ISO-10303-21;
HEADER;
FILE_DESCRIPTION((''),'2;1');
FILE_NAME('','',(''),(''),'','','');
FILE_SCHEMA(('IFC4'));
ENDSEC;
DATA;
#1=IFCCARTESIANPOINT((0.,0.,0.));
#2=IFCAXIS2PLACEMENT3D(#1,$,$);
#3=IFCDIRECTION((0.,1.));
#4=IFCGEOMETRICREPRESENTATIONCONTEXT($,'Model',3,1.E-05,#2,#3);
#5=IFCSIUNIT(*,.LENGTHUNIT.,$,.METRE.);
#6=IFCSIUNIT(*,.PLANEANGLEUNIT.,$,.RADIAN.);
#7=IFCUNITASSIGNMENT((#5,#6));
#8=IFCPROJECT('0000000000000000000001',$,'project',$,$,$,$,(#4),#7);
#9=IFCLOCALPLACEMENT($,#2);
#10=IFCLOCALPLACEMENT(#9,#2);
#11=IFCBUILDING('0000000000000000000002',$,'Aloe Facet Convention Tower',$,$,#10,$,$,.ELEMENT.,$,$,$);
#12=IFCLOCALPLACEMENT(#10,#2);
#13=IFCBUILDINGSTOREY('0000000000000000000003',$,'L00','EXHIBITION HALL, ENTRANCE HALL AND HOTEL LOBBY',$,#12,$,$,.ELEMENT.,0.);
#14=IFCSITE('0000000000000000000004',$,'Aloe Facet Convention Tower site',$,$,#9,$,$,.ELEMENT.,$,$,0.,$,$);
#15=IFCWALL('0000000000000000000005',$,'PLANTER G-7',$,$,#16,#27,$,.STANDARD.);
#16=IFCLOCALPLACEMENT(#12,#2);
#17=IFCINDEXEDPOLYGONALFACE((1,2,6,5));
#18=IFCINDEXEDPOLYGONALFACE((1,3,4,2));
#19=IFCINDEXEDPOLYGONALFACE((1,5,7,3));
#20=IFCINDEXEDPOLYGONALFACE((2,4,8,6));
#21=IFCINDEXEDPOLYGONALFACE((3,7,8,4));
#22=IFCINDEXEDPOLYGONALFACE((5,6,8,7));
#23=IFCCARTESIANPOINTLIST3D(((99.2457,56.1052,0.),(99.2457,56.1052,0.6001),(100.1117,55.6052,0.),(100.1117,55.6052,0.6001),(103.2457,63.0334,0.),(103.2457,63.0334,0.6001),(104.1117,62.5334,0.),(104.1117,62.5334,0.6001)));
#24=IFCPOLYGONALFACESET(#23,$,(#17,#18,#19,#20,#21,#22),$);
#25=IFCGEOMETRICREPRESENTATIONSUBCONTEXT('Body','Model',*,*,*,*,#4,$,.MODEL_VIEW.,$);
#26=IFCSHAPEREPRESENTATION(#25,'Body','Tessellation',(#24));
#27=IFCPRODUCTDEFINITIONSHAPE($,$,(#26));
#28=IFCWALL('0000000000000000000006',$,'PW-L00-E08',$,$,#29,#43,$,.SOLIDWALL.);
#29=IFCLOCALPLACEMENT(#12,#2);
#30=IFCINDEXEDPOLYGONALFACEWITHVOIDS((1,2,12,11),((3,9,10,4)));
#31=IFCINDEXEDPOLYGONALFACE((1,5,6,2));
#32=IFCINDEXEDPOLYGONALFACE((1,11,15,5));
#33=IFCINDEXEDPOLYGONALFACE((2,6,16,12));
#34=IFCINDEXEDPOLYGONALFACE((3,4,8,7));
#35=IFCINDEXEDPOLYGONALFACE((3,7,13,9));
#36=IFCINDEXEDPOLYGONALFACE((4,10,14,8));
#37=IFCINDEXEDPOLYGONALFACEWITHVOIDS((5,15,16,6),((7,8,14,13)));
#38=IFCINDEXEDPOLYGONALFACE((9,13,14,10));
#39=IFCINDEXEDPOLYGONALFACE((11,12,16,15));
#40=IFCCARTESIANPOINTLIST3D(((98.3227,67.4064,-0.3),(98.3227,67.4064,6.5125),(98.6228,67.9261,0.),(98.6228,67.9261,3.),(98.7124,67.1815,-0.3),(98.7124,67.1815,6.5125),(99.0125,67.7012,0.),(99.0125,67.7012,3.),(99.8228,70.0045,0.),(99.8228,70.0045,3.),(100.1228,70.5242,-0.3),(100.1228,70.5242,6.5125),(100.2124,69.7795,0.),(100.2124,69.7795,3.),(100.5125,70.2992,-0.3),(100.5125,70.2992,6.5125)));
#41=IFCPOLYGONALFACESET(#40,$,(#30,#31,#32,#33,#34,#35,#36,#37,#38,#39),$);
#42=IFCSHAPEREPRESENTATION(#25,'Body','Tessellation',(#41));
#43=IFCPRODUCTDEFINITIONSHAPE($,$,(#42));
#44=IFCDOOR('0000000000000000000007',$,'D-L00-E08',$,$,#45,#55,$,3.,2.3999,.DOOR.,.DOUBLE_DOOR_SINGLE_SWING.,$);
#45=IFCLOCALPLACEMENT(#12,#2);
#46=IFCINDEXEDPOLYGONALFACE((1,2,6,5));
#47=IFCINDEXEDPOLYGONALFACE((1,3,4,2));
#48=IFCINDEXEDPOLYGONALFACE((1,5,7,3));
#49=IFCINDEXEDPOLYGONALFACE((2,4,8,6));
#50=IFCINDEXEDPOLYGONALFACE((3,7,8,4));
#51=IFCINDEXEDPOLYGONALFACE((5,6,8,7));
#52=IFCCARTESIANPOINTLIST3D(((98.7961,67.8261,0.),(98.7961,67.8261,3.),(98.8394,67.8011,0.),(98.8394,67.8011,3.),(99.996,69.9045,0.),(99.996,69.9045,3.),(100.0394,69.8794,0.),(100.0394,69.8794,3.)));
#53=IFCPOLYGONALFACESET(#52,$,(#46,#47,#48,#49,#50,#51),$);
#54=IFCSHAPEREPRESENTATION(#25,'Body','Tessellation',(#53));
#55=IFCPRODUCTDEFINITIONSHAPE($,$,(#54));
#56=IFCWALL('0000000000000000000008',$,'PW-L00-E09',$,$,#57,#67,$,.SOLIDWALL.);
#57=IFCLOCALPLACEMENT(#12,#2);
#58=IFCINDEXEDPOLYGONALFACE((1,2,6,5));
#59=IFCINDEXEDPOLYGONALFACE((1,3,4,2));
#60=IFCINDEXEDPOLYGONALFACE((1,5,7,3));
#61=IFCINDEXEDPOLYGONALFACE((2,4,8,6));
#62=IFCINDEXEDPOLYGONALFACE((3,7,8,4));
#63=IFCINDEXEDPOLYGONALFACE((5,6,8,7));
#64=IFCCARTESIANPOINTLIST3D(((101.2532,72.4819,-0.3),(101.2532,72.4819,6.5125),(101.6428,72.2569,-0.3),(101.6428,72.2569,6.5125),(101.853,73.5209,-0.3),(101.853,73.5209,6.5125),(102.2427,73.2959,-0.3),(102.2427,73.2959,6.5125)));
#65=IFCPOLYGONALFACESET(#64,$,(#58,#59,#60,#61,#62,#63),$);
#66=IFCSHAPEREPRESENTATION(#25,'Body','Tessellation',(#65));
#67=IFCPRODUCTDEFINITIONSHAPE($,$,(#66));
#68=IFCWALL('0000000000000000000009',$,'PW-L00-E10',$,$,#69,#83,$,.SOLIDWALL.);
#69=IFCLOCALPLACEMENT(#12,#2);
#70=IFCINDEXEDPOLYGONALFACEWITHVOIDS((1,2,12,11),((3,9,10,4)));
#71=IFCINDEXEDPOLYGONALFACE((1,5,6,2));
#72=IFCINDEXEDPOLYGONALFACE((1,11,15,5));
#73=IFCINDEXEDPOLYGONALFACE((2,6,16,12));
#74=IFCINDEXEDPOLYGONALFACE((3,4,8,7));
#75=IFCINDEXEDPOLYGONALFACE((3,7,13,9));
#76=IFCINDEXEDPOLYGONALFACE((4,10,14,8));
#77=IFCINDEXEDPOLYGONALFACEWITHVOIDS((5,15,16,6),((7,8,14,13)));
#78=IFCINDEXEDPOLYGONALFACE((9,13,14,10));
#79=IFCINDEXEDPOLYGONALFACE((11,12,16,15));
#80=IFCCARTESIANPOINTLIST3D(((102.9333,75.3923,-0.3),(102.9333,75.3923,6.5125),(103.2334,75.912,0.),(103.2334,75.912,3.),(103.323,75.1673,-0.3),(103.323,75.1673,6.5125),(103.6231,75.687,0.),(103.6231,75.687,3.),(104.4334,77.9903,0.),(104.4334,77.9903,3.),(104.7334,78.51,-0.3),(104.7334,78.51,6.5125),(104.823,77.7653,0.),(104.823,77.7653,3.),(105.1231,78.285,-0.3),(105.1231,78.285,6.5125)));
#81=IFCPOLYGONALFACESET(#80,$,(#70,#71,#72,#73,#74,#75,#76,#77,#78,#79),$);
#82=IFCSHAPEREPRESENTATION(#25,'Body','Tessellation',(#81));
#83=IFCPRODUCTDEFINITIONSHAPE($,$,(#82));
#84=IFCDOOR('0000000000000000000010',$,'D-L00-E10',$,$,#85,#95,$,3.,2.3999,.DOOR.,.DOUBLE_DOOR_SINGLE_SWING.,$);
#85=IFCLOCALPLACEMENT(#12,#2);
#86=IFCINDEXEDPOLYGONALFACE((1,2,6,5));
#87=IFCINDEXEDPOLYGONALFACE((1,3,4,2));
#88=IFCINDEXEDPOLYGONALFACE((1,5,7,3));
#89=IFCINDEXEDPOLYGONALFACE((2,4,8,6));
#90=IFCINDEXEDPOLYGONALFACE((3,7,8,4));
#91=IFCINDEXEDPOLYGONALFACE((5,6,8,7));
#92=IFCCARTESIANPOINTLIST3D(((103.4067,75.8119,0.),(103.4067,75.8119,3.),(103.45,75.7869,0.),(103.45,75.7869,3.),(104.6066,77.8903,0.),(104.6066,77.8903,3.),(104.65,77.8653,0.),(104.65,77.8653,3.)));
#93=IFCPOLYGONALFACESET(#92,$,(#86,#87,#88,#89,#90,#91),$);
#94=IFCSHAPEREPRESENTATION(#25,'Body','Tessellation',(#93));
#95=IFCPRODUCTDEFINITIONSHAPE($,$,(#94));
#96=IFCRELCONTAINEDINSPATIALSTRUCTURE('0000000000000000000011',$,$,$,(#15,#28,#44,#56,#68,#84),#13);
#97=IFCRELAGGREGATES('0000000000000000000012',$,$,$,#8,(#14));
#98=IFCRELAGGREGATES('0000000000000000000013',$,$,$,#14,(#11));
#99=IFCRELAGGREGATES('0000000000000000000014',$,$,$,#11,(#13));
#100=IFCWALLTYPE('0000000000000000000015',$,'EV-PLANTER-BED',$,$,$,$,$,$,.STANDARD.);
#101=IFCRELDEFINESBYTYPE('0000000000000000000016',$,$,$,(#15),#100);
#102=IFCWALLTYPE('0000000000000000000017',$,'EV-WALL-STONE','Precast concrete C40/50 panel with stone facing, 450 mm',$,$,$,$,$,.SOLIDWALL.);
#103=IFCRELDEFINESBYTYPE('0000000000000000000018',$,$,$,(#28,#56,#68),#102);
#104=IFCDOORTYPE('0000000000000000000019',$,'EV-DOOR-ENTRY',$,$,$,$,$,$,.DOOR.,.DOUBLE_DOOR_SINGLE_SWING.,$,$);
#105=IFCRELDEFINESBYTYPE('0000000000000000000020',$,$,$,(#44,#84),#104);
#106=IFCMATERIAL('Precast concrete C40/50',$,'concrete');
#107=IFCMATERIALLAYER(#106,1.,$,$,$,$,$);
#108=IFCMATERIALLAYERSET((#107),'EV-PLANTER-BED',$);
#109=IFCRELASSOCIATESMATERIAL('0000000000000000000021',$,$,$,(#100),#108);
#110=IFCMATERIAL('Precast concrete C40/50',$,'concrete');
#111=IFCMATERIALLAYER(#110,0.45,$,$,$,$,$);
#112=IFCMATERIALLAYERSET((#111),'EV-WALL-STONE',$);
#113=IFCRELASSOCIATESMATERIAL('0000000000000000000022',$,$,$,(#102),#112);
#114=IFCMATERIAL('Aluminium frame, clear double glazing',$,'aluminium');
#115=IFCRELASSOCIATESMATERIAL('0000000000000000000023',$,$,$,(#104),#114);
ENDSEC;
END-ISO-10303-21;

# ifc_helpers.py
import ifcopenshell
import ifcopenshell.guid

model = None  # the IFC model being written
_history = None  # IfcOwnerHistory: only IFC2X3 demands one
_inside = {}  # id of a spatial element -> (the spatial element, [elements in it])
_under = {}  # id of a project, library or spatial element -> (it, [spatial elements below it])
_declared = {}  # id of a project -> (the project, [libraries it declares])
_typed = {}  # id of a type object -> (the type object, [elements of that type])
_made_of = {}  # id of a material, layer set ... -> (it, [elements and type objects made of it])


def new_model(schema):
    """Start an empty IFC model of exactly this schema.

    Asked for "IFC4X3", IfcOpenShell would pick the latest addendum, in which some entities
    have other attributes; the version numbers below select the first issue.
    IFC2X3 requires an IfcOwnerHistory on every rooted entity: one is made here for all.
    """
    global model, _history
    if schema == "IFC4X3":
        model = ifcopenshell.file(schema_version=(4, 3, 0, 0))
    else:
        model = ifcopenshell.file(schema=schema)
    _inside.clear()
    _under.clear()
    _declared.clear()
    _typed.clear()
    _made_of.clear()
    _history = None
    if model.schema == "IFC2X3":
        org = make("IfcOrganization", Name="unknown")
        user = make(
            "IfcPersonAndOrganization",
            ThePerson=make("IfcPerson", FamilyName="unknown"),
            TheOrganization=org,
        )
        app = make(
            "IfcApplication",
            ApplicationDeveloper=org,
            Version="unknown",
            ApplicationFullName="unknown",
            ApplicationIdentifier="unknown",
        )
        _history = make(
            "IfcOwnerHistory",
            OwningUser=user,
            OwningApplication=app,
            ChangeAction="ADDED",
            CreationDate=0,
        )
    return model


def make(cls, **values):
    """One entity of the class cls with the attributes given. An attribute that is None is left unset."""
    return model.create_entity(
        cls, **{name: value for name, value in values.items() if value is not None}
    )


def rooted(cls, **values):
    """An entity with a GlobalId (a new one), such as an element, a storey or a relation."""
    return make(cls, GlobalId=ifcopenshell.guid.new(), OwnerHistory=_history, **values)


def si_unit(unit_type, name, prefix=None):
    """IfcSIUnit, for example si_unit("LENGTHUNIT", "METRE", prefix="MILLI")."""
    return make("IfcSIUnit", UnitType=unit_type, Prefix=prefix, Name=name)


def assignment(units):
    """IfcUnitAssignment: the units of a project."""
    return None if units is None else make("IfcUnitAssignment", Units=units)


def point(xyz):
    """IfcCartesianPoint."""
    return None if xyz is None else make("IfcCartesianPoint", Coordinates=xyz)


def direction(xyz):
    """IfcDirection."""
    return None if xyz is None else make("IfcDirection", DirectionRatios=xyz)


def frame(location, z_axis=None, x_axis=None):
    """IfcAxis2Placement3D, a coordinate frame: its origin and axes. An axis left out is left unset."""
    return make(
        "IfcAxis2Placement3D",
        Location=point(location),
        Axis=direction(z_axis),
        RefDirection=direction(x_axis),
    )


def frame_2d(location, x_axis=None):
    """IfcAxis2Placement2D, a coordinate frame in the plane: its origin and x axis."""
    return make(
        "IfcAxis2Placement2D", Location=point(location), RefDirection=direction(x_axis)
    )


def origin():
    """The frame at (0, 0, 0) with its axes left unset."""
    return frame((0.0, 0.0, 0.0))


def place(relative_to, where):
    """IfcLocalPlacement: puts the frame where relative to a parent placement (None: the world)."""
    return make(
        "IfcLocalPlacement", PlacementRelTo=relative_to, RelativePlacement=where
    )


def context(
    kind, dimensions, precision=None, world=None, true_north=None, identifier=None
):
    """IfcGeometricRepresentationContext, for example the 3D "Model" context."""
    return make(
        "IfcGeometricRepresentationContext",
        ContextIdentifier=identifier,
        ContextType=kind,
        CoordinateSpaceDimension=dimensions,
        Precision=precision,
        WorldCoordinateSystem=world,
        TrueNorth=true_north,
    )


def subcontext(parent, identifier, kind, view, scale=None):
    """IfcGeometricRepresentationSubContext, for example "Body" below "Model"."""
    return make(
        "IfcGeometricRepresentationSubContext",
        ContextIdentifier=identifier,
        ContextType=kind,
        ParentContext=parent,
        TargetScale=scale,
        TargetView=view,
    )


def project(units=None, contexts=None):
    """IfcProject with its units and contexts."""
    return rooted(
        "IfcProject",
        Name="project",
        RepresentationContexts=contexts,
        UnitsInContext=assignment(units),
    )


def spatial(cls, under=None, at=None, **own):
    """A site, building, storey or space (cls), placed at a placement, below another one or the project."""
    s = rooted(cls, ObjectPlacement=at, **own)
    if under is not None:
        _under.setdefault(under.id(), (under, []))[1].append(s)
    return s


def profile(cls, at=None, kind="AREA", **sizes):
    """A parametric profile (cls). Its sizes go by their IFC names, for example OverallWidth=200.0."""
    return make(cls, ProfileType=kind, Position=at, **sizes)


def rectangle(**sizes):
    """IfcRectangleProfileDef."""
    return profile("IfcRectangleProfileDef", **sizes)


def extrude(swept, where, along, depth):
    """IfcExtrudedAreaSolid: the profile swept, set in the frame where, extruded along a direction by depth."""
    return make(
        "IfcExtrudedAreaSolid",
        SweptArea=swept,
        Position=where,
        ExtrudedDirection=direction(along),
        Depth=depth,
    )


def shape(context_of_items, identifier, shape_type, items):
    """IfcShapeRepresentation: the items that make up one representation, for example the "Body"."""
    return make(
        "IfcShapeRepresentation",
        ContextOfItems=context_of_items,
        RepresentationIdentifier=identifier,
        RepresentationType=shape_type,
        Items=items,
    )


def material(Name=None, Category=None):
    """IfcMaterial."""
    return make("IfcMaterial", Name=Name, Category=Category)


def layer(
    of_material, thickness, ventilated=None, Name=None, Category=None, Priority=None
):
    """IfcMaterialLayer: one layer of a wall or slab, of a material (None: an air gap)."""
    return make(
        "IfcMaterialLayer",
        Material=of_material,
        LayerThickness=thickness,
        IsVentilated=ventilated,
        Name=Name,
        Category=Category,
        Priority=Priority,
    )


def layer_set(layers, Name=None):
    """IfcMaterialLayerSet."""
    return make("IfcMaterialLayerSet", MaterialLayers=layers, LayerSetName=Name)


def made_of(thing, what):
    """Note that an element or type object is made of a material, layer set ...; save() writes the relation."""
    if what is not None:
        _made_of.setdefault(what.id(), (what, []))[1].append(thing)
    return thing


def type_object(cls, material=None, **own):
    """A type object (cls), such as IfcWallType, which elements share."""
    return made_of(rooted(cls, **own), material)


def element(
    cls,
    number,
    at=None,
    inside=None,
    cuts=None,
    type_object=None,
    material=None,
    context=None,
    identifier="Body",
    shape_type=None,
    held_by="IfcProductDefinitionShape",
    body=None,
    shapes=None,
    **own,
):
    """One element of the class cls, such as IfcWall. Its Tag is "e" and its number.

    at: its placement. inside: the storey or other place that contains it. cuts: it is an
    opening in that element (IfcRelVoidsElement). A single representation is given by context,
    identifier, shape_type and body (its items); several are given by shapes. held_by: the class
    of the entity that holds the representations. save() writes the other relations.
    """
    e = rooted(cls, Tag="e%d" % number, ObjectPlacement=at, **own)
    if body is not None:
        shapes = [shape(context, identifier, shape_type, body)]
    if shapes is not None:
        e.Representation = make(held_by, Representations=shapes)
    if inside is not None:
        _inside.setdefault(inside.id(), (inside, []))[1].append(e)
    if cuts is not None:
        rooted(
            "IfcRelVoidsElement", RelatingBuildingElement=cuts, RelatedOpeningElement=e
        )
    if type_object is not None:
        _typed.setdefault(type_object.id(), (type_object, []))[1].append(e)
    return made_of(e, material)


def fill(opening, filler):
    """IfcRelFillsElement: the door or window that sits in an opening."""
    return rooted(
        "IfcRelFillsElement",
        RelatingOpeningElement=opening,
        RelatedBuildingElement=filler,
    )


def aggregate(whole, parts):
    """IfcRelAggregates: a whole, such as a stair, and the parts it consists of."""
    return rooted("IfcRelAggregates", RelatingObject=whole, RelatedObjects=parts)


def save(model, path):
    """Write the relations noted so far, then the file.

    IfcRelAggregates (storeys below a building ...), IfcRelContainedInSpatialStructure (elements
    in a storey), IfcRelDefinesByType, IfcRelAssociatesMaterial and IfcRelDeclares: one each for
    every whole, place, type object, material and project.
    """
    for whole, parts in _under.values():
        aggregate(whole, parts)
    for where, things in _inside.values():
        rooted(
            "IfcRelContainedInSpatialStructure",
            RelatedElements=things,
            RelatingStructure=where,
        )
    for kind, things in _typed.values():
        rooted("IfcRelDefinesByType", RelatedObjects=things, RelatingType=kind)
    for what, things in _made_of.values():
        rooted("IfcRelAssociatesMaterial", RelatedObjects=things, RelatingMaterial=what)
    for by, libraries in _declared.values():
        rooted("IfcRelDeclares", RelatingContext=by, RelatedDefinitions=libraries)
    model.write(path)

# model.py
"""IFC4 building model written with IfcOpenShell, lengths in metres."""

from ifc_helpers import new_model, si_unit, direction, frame, frame_2d, origin, place, context, subcontext, project, spatial, rectangle, extrude, material, layer, layer_set, type_object, element, fill, save


model = new_model("IFC4")

# Units and contexts
model_context = context("Model", 3, precision=1e-05, world=origin(), true_north=direction((0.0, 1.0)))
body_context = subcontext(model_context, "Body", "Model", "MODEL_VIEW")
ifc_project = project(units=[si_unit("LENGTHUNIT", "METRE"), si_unit("PLANEANGLEUNIT", "RADIAN")], contexts=[model_context])

# Site, building, storey
site_placement = place(None, origin())
site = spatial("IfcSite", under=ifc_project, at=site_placement, Name="Aloe Facet Convention Tower site", CompositionType="ELEMENT", RefElevation=0.0)
building_placement = place(site_placement, origin())
building = spatial("IfcBuilding", under=site, at=building_placement, Name="Aloe Facet Convention Tower", CompositionType="ELEMENT")
storey_placement = place(building_placement, origin())
storey = spatial("IfcBuildingStorey", under=building, at=storey_placement, Name="L00", Description="EXHIBITION HALL, ENTRANCE HALL AND HOTEL LOBBY", CompositionType="ELEMENT", Elevation=0.0)

# Wall
ifc_material_1 = material(Name="Precast concrete C40/50", Category="concrete")
ifc_layer_1 = layer(ifc_material_1, 1.0)
ifc_layer_set_1 = layer_set([ifc_layer_1], Name="EV-PLANTER-BED")
wall_type_1 = type_object("IfcWallType", Name="EV-PLANTER-BED", PredefinedType="STANDARD", material=ifc_layer_set_1)
for number, where, z_axis, x_axis, name in (
    (1, (103.6787, 62.7834, 0.0), (0.0, 0.0, 1.0), (-0.499999, -0.866026, 0.0), "PLANTER G-7"),
):
    element("IfcWall", number, at=place(storey_placement, frame(where, z_axis=z_axis, x_axis=x_axis)), inside=storey, type_object=wall_type_1, Name=name, PredefinedType="STANDARD", context=body_context, shape_type="SweptSolid", body=[
        extrude(rectangle(XDim=8.0, YDim=1.0, at=frame_2d((4.0, 0.0))), origin(), (0.0, 0.0, 1.0), 0.6001),
    ])

# Wall, opening, door
ifc_material_2 = material(Name="Precast concrete C40/50", Category="concrete")
ifc_layer_2 = layer(ifc_material_2, 0.45)
ifc_layer_set_2 = layer_set([ifc_layer_2], Name="EV-WALL-STONE")
wall_type_2 = type_object("IfcWallType", Name="EV-WALL-STONE", Description="Precast concrete C40/50 panel with stone facing, 450 mm", PredefinedType="SOLIDWALL", material=ifc_layer_set_2)
wall_1_placement = place(storey_placement, frame((98.5176, 67.2939, -0.3), z_axis=(0.0, 0.0, 1.0), x_axis=(0.500012, 0.866018, 0.0)))
wall_1 = element("IfcWall", 2, at=wall_1_placement, inside=storey, type_object=wall_type_2, Name="PW-L00-E08", PredefinedType="SOLIDWALL", context=body_context, shape_type="SweptSolid", body=[
    extrude(rectangle(XDim=3.6001, YDim=0.45, at=frame_2d((1.8, 0.0))), origin(), (0.0, 0.0, 1.0), 6.8125),
])
opening_1_placement = place(wall_1_placement, frame((0.6001, 0.0, 0.3)))
opening_1 = element("IfcOpeningElement", 3, at=opening_1_placement, cuts=wall_1, PredefinedType="OPENING", context=body_context, shape_type="SweptSolid", body=[
    extrude(rectangle(XDim=2.3999, YDim=3.0, at=frame_2d((1.2, 1.5))), frame((0.0, 0.2349, 0.0), z_axis=(0.0, -1.0, 0.0), x_axis=(1.0, 0.0, 0.0)), (0.0, 0.0, 1.0), 0.47),
])
ifc_material_3 = material(Name="Aluminium frame, clear double glazing", Category="aluminium")
door_type = type_object("IfcDoorType", Name="EV-DOOR-ENTRY", OperationType="DOUBLE_DOOR_SINGLE_SWING", PredefinedType="DOOR", material=ifc_material_3)
door_1_placement = place(opening_1_placement, origin())
door_1 = element("IfcDoor", 4, at=door_1_placement, inside=storey, type_object=door_type, Name="D-L00-E08", OperationType="DOUBLE_DOOR_SINGLE_SWING", OverallHeight=3.0, OverallWidth=2.3999, PredefinedType="DOOR", context=body_context, shape_type="SweptSolid", body=[
    extrude(rectangle(XDim=2.3999, YDim=3.0, at=frame_2d((1.2, 1.5))), frame((0.0, 0.0249, 0.0), z_axis=(0.0, -1.0, 0.0), x_axis=(1.0, 0.0, 0.0)), (0.0, 0.0, 1.0), 0.05),
])
fill(opening_1, door_1)

# Wall
wall_2_placement = place(storey_placement, frame((101.448, 72.3694, -0.3), z_axis=(0.0, 0.0, 1.0), x_axis=(0.499969, 0.866043, 0.0)))
element("IfcWall", 5, at=wall_2_placement, inside=storey, type_object=wall_type_2, Name="PW-L00-E09", PredefinedType="SOLIDWALL", context=body_context, shape_type="SweptSolid", body=[
    extrude(rectangle(XDim=1.1997, YDim=0.45, at=frame_2d((0.5999, 0.0))), origin(), (0.0, 0.0, 1.0), 6.8125),
])

# Wall, opening, door
wall_3_placement = place(storey_placement, frame((103.1282, 75.2798, -0.3), z_axis=(0.0, 0.0, 1.0), x_axis=(0.500012, 0.866018, 0.0)))
wall_3 = element("IfcWall", 6, at=wall_3_placement, inside=storey, type_object=wall_type_2, Name="PW-L00-E10", PredefinedType="SOLIDWALL", context=body_context, shape_type="SweptSolid", body=[
    extrude(rectangle(XDim=3.6001, YDim=0.45, at=frame_2d((1.8, 0.0))), origin(), (0.0, 0.0, 1.0), 6.8125),
])
opening_2_placement = place(wall_3_placement, frame((0.6001, 0.0, 0.3)))
opening_2 = element("IfcOpeningElement", 7, at=opening_2_placement, cuts=wall_3, PredefinedType="OPENING", context=body_context, shape_type="SweptSolid", body=[
    extrude(rectangle(XDim=2.3999, YDim=3.0, at=frame_2d((1.2, 1.5))), frame((0.0, 0.2349, 0.0), z_axis=(0.0, -1.0, 0.0), x_axis=(1.0, 0.0, 0.0)), (0.0, 0.0, 1.0), 0.47),
])
door_2_placement = place(opening_2_placement, origin())
door_2 = element("IfcDoor", 8, at=door_2_placement, inside=storey, type_object=door_type, Name="D-L00-E10", OperationType="DOUBLE_DOOR_SINGLE_SWING", OverallHeight=3.0, OverallWidth=2.3999, PredefinedType="DOOR", context=body_context, shape_type="SweptSolid", body=[
    extrude(rectangle(XDim=2.3999, YDim=3.0, at=frame_2d((1.2, 1.5))), frame((0.0, 0.0249, 0.0), z_axis=(0.0, -1.0, 0.0), x_axis=(1.0, 0.0, 0.0)), (0.0, 0.0, 1.0), 0.05),
])
fill(opening_2, door_2)

save(model, "model.ifc")
